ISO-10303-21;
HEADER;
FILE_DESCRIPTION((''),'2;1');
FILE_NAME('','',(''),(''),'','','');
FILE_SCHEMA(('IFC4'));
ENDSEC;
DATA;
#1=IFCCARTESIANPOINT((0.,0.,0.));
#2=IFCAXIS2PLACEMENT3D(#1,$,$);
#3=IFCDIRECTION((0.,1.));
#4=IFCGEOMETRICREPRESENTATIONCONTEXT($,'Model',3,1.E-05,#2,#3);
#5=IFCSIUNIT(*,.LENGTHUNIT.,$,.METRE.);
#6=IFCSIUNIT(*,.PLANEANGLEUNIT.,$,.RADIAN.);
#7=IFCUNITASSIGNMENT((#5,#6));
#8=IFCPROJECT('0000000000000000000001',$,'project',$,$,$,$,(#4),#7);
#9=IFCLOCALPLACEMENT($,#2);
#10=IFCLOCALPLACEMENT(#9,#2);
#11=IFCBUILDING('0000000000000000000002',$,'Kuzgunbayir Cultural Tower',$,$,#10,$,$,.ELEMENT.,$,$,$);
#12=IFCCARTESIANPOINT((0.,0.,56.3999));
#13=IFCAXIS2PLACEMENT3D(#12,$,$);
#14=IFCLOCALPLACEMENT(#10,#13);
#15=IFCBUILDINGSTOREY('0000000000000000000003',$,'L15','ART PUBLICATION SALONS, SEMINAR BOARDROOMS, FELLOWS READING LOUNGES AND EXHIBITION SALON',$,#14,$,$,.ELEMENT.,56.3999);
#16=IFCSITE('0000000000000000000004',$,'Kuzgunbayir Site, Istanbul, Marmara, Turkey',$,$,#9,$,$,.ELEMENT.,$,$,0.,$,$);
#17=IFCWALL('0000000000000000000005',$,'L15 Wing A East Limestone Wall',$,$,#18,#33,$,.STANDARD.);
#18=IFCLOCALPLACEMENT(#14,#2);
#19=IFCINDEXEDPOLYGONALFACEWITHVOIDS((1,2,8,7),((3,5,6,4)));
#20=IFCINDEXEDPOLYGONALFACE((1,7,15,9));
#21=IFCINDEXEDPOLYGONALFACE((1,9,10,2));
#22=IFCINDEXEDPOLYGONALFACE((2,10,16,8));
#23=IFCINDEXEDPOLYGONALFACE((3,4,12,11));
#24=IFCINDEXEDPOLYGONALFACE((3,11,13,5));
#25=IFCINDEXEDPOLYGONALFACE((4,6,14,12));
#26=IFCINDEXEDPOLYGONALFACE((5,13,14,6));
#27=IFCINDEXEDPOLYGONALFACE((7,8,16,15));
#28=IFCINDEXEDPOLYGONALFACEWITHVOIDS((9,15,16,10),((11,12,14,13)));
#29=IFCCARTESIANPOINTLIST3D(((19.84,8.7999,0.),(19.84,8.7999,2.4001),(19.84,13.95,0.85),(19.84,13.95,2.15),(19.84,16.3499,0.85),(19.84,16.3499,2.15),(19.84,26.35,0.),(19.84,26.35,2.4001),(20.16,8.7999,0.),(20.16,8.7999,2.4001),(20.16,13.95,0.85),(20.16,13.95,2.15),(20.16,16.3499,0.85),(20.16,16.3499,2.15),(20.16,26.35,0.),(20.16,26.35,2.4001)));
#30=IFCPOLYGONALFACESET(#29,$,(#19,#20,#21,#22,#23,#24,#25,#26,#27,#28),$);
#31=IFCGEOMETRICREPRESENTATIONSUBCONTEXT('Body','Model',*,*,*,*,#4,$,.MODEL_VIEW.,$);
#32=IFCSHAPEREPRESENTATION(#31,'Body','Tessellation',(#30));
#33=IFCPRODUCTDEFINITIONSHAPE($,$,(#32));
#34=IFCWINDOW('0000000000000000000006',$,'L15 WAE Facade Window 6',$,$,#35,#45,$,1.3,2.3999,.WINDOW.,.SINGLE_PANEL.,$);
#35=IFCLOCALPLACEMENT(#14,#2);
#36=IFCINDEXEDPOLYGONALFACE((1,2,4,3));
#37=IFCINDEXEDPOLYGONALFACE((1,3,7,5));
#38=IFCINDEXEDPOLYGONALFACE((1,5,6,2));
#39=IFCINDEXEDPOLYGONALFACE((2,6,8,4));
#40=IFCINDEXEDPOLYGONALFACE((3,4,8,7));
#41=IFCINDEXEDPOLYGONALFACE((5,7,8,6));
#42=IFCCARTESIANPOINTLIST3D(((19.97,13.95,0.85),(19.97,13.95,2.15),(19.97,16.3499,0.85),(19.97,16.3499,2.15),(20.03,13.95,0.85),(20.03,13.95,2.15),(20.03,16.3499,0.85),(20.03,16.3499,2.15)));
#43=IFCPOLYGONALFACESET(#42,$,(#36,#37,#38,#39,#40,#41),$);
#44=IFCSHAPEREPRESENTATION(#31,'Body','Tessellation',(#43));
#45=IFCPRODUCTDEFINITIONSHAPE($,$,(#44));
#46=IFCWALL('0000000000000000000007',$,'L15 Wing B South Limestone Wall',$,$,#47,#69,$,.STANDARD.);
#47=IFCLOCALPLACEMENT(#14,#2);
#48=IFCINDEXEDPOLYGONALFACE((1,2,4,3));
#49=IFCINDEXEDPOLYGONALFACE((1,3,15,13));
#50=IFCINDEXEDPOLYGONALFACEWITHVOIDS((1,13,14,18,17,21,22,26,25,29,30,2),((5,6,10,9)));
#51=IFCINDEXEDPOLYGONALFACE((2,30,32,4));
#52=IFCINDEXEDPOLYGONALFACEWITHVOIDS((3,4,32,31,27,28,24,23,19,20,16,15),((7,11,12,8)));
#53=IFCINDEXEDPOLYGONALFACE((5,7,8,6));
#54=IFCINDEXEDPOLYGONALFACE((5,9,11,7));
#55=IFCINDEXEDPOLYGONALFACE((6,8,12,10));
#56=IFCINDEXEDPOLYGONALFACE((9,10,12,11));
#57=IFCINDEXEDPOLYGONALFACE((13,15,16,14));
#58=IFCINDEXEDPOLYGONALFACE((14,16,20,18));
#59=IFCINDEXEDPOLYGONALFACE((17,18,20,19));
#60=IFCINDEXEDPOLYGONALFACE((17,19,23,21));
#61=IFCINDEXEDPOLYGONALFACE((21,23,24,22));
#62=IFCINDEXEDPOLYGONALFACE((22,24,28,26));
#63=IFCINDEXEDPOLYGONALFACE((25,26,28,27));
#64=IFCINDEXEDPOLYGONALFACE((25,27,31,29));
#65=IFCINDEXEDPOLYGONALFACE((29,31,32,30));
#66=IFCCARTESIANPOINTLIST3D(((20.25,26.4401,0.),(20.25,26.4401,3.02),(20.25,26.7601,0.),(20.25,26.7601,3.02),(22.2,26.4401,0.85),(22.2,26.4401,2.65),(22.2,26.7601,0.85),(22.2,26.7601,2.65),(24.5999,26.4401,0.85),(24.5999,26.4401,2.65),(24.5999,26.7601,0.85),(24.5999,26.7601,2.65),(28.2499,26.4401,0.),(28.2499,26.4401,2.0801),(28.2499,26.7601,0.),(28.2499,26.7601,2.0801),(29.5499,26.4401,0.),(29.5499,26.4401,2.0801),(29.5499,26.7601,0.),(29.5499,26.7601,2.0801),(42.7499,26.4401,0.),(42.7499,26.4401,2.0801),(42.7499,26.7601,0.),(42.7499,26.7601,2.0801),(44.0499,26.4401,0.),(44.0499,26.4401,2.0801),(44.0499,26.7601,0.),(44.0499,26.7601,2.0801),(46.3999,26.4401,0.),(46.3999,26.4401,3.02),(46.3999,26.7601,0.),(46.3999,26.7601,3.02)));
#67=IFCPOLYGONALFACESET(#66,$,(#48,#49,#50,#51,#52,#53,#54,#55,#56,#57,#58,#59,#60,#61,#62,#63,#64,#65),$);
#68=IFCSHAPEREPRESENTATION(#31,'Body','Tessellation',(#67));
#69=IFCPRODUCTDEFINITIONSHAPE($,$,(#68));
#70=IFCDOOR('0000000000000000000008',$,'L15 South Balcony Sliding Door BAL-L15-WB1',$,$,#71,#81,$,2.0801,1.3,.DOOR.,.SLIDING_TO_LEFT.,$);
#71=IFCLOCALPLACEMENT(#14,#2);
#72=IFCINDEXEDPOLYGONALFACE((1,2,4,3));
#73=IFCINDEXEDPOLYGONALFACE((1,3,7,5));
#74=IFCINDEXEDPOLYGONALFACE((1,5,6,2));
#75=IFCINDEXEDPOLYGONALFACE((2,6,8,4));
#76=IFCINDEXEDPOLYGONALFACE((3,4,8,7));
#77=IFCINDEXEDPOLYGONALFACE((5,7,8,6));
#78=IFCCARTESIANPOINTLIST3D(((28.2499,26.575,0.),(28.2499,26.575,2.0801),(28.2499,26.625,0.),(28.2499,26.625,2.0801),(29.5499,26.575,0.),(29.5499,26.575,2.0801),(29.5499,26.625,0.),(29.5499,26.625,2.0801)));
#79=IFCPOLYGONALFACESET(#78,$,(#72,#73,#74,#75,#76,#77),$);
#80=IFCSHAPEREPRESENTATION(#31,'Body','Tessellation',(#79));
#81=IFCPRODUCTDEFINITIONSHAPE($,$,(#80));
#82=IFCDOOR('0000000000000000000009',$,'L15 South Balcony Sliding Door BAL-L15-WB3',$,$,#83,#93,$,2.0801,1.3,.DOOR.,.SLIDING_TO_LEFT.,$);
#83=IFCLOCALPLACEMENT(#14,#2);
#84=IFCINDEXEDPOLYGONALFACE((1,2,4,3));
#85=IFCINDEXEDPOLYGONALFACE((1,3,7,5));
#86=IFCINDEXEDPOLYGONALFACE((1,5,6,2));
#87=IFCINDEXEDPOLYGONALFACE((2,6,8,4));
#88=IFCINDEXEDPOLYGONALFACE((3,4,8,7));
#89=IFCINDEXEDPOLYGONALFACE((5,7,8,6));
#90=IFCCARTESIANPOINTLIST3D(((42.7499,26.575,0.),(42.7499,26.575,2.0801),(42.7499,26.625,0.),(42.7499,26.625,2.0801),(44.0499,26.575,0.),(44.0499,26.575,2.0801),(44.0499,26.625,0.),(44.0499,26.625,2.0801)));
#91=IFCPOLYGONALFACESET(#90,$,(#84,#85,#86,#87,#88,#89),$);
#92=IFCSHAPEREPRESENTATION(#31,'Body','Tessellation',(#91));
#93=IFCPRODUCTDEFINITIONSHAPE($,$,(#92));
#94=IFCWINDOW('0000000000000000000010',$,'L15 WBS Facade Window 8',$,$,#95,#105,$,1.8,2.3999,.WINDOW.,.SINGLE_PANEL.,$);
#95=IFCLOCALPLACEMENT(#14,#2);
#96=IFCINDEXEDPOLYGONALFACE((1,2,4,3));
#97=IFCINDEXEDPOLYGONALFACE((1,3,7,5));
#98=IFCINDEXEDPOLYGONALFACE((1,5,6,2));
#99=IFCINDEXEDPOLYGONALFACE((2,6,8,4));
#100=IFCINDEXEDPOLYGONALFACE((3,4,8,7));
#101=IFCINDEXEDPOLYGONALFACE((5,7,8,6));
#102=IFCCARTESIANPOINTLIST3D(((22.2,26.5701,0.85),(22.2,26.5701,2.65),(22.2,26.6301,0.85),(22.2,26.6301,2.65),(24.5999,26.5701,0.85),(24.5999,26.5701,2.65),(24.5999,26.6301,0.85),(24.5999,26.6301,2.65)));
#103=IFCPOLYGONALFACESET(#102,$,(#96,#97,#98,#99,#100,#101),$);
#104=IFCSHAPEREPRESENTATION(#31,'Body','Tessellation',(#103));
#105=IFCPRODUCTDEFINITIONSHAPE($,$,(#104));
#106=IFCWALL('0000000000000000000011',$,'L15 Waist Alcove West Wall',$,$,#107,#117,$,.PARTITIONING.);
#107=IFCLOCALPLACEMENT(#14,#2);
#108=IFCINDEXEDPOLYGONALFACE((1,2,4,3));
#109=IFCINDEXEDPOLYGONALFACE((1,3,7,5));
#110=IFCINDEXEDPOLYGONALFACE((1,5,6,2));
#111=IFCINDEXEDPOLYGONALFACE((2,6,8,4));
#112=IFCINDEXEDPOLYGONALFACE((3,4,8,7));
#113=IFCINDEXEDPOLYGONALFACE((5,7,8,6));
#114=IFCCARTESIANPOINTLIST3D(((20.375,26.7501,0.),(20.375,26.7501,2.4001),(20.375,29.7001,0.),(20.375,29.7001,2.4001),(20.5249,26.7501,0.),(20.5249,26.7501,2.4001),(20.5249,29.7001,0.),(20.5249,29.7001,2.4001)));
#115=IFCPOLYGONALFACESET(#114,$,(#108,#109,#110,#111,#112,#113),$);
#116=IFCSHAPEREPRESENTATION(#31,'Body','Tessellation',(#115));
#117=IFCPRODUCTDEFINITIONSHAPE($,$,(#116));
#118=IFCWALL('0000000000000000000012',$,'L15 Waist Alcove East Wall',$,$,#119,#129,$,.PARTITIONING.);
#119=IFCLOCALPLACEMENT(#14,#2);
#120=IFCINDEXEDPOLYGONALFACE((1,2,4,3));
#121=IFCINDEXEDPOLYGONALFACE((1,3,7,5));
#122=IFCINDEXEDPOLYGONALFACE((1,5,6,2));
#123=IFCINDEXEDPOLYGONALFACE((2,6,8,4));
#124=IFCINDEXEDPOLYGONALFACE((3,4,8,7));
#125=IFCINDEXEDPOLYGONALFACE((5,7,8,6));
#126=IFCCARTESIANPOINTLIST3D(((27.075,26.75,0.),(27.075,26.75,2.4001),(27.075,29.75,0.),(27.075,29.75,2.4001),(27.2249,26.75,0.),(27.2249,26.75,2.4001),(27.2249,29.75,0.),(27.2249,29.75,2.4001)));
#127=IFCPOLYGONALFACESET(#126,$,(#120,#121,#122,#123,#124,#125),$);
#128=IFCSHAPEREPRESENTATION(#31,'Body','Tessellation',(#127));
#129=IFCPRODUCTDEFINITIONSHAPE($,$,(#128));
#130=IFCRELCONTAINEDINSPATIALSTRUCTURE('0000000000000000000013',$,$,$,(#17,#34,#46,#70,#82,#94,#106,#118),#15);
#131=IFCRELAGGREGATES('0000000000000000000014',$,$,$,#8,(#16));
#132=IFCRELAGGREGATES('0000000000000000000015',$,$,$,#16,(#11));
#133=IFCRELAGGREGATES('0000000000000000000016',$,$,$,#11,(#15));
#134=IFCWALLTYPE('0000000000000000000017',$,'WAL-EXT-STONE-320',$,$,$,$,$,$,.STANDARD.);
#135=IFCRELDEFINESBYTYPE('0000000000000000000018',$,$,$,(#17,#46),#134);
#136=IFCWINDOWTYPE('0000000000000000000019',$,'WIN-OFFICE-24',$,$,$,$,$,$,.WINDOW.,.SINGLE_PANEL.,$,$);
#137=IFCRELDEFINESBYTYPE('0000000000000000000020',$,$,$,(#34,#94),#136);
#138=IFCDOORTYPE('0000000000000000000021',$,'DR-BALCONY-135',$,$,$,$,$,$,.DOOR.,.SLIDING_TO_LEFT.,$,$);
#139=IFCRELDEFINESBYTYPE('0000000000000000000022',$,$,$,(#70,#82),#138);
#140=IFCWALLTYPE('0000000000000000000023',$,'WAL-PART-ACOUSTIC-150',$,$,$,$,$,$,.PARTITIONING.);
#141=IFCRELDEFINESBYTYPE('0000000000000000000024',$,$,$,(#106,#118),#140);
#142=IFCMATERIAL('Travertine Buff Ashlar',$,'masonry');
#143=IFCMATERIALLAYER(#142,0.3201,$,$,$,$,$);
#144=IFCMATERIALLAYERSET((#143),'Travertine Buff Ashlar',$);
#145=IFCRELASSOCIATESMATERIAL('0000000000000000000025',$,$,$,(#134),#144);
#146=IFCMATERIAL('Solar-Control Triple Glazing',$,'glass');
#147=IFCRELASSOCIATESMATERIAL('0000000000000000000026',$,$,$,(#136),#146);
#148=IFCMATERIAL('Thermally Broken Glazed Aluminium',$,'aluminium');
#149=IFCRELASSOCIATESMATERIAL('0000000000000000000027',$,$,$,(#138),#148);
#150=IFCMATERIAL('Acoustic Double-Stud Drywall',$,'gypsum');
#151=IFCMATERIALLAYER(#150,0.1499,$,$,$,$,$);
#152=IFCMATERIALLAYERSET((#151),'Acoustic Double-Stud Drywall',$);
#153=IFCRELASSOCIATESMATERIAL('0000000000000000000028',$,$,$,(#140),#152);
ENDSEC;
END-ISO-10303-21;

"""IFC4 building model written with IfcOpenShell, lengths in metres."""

from ifc_helpers import new_model, si_unit, direction, frame, frame_2d, origin, place, context, subcontext, project, spatial, rectangle, extrude, material, layer, layer_set, type_object, element, fill, save


model = new_model("IFC4")

# Units and contexts
model_context = context("Model", 3, precision=1e-05, world=origin(), true_north=direction((0.0, 1.0)))
body_context = subcontext(model_context, "Body", "Model", "MODEL_VIEW")
ifc_project = project(units=[si_unit("LENGTHUNIT", "METRE"), si_unit("PLANEANGLEUNIT", "RADIAN")], contexts=[model_context])

# Site, building, storey
site_placement = place(None, origin())
site = spatial("IfcSite", under=ifc_project, at=site_placement, Name="Kuzgunbayir Site, Istanbul, Marmara, Turkey", CompositionType="ELEMENT", RefElevation=0.0)
building_placement = place(site_placement, origin())
building = spatial("IfcBuilding", under=site, at=building_placement, Name="Kuzgunbayir Cultural Tower", CompositionType="ELEMENT")
storey_placement = place(building_placement, frame((0.0, 0.0, 56.3999)))
storey = spatial("IfcBuildingStorey", under=building, at=storey_placement, Name="L15", Description="ART PUBLICATION SALONS, SEMINAR BOARDROOMS, FELLOWS READING LOUNGES AND EXHIBITION SALON", CompositionType="ELEMENT", Elevation=56.3999)

# Wall, opening, window
ifc_material_1 = material(Name="Travertine Buff Ashlar", Category="masonry")
ifc_layer_1 = layer(ifc_material_1, 0.3201)
ifc_layer_set_1 = layer_set([ifc_layer_1], Name="Travertine Buff Ashlar")
wall_type_1 = type_object("IfcWallType", Name="WAL-EXT-STONE-320", PredefinedType="STANDARD", material=ifc_layer_set_1)
wall_1_placement = place(storey_placement, frame((20.0, 8.8, 0.0), z_axis=(0.0, 0.0, 1.0), x_axis=(0.0, 1.0, 0.0)))
wall_1 = element("IfcWall", 1, at=wall_1_placement, inside=storey, type_object=wall_type_1, Name="L15 Wing A East Limestone Wall", PredefinedType="STANDARD", context=body_context, shape_type="SweptSolid", body=[
    extrude(rectangle(XDim=17.55, YDim=0.3201, at=frame_2d((8.7749, 0.0))), origin(), (0.0, 0.0, 1.0), 2.4001),
])
opening_1_placement = place(wall_1_placement, frame((5.1499, 0.0, 0.8501)))
opening_1 = element("IfcOpeningElement", 2, at=opening_1_placement, cuts=wall_1, PredefinedType="OPENING", context=body_context, shape_type="SweptSolid", body=[
    extrude(rectangle(XDim=2.3999, YDim=1.3, at=frame_2d((1.2, 0.6499))), frame((0.0, 0.1699, 0.0), z_axis=(0.0, -1.0, 0.0), x_axis=(1.0, 0.0, 0.0)), (0.0, 0.0, 1.0), 0.3401),
])
ifc_material_2 = material(Name="Solar-Control Triple Glazing", Category="glass")
window_type = type_object("IfcWindowType", Name="WIN-OFFICE-24", PartitioningType="SINGLE_PANEL", PredefinedType="WINDOW", material=ifc_material_2)
window_1_placement = place(opening_1_placement, origin())
window_1 = element("IfcWindow", 3, at=window_1_placement, inside=storey, type_object=window_type, Name="L15 WAE Facade Window 6", OverallHeight=1.3, OverallWidth=2.3999, PartitioningType="SINGLE_PANEL", PredefinedType="WINDOW", context=body_context, shape_type="SweptSolid", body=[
    extrude(rectangle(XDim=2.3999, YDim=1.3, at=frame_2d((1.2, 0.6499))), frame((0.0, 0.03, 0.0), z_axis=(0.0, -1.0, 0.0), x_axis=(1.0, 0.0, 0.0)), (0.0, 0.0, 1.0), 0.0601),
])
fill(opening_1, window_1)

# Wall, openings, doors, window
wall_2_placement = place(storey_placement, frame((20.25, 26.6001, 0.0), z_axis=(0.0, 0.0, 1.0), x_axis=(1.0, 0.0, 0.0)))
wall_2 = element("IfcWall", 4, at=wall_2_placement, inside=storey, type_object=wall_type_1, Name="L15 Wing B South Limestone Wall", PredefinedType="STANDARD", context=body_context, shape_type="SweptSolid", body=[
    extrude(rectangle(XDim=26.1499, YDim=0.3201, at=frame_2d((13.075, 0.0))), origin(), (0.0, 0.0, 1.0), 3.02),
])
opening_2_placement = place(wall_2_placement, frame((8.0, 0.0, 0.0)))
opening_2 = element("IfcOpeningElement", 5, at=opening_2_placement, cuts=wall_2, PredefinedType="OPENING", context=body_context, shape_type="SweptSolid", body=[
    extrude(rectangle(XDim=1.3, YDim=2.0801, at=frame_2d((0.6499, 1.04))), frame((0.0, 0.1699, 0.0), z_axis=(0.0, -1.0, 0.0), x_axis=(1.0, 0.0, 0.0)), (0.0, 0.0, 1.0), 0.3401),
])
opening_3_placement = place(wall_2_placement, frame((22.5, 0.0, 0.0)))
opening_3 = element("IfcOpeningElement", 6, at=opening_3_placement, cuts=wall_2, PredefinedType="OPENING", context=body_context, shape_type="SweptSolid", body=[
    extrude(rectangle(XDim=1.3, YDim=2.0801, at=frame_2d((0.6499, 1.04))), frame((0.0, 0.1699, 0.0), z_axis=(0.0, -1.0, 0.0), x_axis=(1.0, 0.0, 0.0)), (0.0, 0.0, 1.0), 0.3401),
])
opening_4_placement = place(wall_2_placement, frame((1.95, 0.0, 0.8501)))
opening_4 = element("IfcOpeningElement", 7, at=opening_4_placement, cuts=wall_2, PredefinedType="OPENING", context=body_context, shape_type="SweptSolid", body=[
    extrude(rectangle(XDim=2.3999, YDim=1.8, at=frame_2d((1.2, 0.8999))), frame((0.0, 0.1699, 0.0), z_axis=(0.0, -1.0, 0.0), x_axis=(1.0, 0.0, 0.0)), (0.0, 0.0, 1.0), 0.3401),
])
ifc_material_3 = material(Name="Thermally Broken Glazed Aluminium", Category="aluminium")
door_type = type_object("IfcDoorType", Name="DR-BALCONY-135", OperationType="SLIDING_TO_LEFT", PredefinedType="DOOR", material=ifc_material_3)
door_1_placement = place(opening_2_placement, origin())
door_1 = element("IfcDoor", 8, at=door_1_placement, inside=storey, type_object=door_type, Name="L15 South Balcony Sliding Door BAL-L15-WB1", OperationType="SLIDING_TO_LEFT", OverallHeight=2.0801, OverallWidth=1.3, PredefinedType="DOOR", context=body_context, shape_type="SweptSolid", body=[
    extrude(rectangle(XDim=1.3, YDim=2.0801, at=frame_2d((0.6499, 1.04))), frame((0.0, 0.0249, 0.0), z_axis=(0.0, -1.0, 0.0), x_axis=(1.0, 0.0, 0.0)), (0.0, 0.0, 1.0), 0.05),
])
fill(opening_2, door_1)
door_2_placement = place(opening_3_placement, origin())
door_2 = element("IfcDoor", 9, at=door_2_placement, inside=storey, type_object=door_type, Name="L15 South Balcony Sliding Door BAL-L15-WB3", OperationType="SLIDING_TO_LEFT", OverallHeight=2.0801, OverallWidth=1.3, PredefinedType="DOOR", context=body_context, shape_type="SweptSolid", body=[
    extrude(rectangle(XDim=1.3, YDim=2.0801, at=frame_2d((0.6499, 1.04))), frame((0.0, 0.0249, 0.0), z_axis=(0.0, -1.0, 0.0), x_axis=(1.0, 0.0, 0.0)), (0.0, 0.0, 1.0), 0.05),
])
fill(opening_3, door_2)
window_2_placement = place(opening_4_placement, origin())
window_2 = element("IfcWindow", 10, at=window_2_placement, inside=storey, type_object=window_type, Name="L15 WBS Facade Window 8", OverallHeight=1.8, OverallWidth=2.3999, PartitioningType="SINGLE_PANEL", PredefinedType="WINDOW", context=body_context, shape_type="SweptSolid", body=[
    extrude(rectangle(XDim=2.3999, YDim=1.8, at=frame_2d((1.2, 0.8999))), frame((0.0, 0.03, 0.0), z_axis=(0.0, -1.0, 0.0), x_axis=(1.0, 0.0, 0.0)), (0.0, 0.0, 1.0), 0.0601),
])
fill(opening_4, window_2)

# Walls
ifc_material_4 = material(Name="Acoustic Double-Stud Drywall", Category="gypsum")
ifc_layer_2 = layer(ifc_material_4, 0.1499)
ifc_layer_set_2 = layer_set([ifc_layer_2], Name="Acoustic Double-Stud Drywall")
wall_type_2 = type_object("IfcWallType", Name="WAL-PART-ACOUSTIC-150", PredefinedType="PARTITIONING", material=ifc_layer_set_2)
wall_3_placement = place(storey_placement, frame((20.45, 26.75, 0.0), z_axis=(0.0, 0.0, 1.0), x_axis=(0.0, 1.0, 0.0)))
element("IfcWall", 11, at=wall_3_placement, inside=storey, type_object=wall_type_2, Name="L15 Waist Alcove West Wall", PredefinedType="PARTITIONING", context=body_context, shape_type="SweptSolid", body=[
    extrude(rectangle(XDim=2.95, YDim=0.1499, at=frame_2d((1.4751, 0.0))), origin(), (0.0, 0.0, 1.0), 2.4001),
])
wall_4_placement = place(storey_placement, frame((27.1499, 26.75, 0.0), z_axis=(0.0, 0.0, 1.0), x_axis=(0.0, 1.0, 0.0)))
element("IfcWall", 12, at=wall_4_placement, inside=storey, type_object=wall_type_2, Name="L15 Waist Alcove East Wall", PredefinedType="PARTITIONING", context=body_context, shape_type="SweptSolid", body=[
    extrude(rectangle(XDim=3.0, YDim=0.1499, at=frame_2d((1.5, 0.0))), origin(), (0.0, 0.0, 1.0), 2.4001),
])

save(model, "model.ifc")
